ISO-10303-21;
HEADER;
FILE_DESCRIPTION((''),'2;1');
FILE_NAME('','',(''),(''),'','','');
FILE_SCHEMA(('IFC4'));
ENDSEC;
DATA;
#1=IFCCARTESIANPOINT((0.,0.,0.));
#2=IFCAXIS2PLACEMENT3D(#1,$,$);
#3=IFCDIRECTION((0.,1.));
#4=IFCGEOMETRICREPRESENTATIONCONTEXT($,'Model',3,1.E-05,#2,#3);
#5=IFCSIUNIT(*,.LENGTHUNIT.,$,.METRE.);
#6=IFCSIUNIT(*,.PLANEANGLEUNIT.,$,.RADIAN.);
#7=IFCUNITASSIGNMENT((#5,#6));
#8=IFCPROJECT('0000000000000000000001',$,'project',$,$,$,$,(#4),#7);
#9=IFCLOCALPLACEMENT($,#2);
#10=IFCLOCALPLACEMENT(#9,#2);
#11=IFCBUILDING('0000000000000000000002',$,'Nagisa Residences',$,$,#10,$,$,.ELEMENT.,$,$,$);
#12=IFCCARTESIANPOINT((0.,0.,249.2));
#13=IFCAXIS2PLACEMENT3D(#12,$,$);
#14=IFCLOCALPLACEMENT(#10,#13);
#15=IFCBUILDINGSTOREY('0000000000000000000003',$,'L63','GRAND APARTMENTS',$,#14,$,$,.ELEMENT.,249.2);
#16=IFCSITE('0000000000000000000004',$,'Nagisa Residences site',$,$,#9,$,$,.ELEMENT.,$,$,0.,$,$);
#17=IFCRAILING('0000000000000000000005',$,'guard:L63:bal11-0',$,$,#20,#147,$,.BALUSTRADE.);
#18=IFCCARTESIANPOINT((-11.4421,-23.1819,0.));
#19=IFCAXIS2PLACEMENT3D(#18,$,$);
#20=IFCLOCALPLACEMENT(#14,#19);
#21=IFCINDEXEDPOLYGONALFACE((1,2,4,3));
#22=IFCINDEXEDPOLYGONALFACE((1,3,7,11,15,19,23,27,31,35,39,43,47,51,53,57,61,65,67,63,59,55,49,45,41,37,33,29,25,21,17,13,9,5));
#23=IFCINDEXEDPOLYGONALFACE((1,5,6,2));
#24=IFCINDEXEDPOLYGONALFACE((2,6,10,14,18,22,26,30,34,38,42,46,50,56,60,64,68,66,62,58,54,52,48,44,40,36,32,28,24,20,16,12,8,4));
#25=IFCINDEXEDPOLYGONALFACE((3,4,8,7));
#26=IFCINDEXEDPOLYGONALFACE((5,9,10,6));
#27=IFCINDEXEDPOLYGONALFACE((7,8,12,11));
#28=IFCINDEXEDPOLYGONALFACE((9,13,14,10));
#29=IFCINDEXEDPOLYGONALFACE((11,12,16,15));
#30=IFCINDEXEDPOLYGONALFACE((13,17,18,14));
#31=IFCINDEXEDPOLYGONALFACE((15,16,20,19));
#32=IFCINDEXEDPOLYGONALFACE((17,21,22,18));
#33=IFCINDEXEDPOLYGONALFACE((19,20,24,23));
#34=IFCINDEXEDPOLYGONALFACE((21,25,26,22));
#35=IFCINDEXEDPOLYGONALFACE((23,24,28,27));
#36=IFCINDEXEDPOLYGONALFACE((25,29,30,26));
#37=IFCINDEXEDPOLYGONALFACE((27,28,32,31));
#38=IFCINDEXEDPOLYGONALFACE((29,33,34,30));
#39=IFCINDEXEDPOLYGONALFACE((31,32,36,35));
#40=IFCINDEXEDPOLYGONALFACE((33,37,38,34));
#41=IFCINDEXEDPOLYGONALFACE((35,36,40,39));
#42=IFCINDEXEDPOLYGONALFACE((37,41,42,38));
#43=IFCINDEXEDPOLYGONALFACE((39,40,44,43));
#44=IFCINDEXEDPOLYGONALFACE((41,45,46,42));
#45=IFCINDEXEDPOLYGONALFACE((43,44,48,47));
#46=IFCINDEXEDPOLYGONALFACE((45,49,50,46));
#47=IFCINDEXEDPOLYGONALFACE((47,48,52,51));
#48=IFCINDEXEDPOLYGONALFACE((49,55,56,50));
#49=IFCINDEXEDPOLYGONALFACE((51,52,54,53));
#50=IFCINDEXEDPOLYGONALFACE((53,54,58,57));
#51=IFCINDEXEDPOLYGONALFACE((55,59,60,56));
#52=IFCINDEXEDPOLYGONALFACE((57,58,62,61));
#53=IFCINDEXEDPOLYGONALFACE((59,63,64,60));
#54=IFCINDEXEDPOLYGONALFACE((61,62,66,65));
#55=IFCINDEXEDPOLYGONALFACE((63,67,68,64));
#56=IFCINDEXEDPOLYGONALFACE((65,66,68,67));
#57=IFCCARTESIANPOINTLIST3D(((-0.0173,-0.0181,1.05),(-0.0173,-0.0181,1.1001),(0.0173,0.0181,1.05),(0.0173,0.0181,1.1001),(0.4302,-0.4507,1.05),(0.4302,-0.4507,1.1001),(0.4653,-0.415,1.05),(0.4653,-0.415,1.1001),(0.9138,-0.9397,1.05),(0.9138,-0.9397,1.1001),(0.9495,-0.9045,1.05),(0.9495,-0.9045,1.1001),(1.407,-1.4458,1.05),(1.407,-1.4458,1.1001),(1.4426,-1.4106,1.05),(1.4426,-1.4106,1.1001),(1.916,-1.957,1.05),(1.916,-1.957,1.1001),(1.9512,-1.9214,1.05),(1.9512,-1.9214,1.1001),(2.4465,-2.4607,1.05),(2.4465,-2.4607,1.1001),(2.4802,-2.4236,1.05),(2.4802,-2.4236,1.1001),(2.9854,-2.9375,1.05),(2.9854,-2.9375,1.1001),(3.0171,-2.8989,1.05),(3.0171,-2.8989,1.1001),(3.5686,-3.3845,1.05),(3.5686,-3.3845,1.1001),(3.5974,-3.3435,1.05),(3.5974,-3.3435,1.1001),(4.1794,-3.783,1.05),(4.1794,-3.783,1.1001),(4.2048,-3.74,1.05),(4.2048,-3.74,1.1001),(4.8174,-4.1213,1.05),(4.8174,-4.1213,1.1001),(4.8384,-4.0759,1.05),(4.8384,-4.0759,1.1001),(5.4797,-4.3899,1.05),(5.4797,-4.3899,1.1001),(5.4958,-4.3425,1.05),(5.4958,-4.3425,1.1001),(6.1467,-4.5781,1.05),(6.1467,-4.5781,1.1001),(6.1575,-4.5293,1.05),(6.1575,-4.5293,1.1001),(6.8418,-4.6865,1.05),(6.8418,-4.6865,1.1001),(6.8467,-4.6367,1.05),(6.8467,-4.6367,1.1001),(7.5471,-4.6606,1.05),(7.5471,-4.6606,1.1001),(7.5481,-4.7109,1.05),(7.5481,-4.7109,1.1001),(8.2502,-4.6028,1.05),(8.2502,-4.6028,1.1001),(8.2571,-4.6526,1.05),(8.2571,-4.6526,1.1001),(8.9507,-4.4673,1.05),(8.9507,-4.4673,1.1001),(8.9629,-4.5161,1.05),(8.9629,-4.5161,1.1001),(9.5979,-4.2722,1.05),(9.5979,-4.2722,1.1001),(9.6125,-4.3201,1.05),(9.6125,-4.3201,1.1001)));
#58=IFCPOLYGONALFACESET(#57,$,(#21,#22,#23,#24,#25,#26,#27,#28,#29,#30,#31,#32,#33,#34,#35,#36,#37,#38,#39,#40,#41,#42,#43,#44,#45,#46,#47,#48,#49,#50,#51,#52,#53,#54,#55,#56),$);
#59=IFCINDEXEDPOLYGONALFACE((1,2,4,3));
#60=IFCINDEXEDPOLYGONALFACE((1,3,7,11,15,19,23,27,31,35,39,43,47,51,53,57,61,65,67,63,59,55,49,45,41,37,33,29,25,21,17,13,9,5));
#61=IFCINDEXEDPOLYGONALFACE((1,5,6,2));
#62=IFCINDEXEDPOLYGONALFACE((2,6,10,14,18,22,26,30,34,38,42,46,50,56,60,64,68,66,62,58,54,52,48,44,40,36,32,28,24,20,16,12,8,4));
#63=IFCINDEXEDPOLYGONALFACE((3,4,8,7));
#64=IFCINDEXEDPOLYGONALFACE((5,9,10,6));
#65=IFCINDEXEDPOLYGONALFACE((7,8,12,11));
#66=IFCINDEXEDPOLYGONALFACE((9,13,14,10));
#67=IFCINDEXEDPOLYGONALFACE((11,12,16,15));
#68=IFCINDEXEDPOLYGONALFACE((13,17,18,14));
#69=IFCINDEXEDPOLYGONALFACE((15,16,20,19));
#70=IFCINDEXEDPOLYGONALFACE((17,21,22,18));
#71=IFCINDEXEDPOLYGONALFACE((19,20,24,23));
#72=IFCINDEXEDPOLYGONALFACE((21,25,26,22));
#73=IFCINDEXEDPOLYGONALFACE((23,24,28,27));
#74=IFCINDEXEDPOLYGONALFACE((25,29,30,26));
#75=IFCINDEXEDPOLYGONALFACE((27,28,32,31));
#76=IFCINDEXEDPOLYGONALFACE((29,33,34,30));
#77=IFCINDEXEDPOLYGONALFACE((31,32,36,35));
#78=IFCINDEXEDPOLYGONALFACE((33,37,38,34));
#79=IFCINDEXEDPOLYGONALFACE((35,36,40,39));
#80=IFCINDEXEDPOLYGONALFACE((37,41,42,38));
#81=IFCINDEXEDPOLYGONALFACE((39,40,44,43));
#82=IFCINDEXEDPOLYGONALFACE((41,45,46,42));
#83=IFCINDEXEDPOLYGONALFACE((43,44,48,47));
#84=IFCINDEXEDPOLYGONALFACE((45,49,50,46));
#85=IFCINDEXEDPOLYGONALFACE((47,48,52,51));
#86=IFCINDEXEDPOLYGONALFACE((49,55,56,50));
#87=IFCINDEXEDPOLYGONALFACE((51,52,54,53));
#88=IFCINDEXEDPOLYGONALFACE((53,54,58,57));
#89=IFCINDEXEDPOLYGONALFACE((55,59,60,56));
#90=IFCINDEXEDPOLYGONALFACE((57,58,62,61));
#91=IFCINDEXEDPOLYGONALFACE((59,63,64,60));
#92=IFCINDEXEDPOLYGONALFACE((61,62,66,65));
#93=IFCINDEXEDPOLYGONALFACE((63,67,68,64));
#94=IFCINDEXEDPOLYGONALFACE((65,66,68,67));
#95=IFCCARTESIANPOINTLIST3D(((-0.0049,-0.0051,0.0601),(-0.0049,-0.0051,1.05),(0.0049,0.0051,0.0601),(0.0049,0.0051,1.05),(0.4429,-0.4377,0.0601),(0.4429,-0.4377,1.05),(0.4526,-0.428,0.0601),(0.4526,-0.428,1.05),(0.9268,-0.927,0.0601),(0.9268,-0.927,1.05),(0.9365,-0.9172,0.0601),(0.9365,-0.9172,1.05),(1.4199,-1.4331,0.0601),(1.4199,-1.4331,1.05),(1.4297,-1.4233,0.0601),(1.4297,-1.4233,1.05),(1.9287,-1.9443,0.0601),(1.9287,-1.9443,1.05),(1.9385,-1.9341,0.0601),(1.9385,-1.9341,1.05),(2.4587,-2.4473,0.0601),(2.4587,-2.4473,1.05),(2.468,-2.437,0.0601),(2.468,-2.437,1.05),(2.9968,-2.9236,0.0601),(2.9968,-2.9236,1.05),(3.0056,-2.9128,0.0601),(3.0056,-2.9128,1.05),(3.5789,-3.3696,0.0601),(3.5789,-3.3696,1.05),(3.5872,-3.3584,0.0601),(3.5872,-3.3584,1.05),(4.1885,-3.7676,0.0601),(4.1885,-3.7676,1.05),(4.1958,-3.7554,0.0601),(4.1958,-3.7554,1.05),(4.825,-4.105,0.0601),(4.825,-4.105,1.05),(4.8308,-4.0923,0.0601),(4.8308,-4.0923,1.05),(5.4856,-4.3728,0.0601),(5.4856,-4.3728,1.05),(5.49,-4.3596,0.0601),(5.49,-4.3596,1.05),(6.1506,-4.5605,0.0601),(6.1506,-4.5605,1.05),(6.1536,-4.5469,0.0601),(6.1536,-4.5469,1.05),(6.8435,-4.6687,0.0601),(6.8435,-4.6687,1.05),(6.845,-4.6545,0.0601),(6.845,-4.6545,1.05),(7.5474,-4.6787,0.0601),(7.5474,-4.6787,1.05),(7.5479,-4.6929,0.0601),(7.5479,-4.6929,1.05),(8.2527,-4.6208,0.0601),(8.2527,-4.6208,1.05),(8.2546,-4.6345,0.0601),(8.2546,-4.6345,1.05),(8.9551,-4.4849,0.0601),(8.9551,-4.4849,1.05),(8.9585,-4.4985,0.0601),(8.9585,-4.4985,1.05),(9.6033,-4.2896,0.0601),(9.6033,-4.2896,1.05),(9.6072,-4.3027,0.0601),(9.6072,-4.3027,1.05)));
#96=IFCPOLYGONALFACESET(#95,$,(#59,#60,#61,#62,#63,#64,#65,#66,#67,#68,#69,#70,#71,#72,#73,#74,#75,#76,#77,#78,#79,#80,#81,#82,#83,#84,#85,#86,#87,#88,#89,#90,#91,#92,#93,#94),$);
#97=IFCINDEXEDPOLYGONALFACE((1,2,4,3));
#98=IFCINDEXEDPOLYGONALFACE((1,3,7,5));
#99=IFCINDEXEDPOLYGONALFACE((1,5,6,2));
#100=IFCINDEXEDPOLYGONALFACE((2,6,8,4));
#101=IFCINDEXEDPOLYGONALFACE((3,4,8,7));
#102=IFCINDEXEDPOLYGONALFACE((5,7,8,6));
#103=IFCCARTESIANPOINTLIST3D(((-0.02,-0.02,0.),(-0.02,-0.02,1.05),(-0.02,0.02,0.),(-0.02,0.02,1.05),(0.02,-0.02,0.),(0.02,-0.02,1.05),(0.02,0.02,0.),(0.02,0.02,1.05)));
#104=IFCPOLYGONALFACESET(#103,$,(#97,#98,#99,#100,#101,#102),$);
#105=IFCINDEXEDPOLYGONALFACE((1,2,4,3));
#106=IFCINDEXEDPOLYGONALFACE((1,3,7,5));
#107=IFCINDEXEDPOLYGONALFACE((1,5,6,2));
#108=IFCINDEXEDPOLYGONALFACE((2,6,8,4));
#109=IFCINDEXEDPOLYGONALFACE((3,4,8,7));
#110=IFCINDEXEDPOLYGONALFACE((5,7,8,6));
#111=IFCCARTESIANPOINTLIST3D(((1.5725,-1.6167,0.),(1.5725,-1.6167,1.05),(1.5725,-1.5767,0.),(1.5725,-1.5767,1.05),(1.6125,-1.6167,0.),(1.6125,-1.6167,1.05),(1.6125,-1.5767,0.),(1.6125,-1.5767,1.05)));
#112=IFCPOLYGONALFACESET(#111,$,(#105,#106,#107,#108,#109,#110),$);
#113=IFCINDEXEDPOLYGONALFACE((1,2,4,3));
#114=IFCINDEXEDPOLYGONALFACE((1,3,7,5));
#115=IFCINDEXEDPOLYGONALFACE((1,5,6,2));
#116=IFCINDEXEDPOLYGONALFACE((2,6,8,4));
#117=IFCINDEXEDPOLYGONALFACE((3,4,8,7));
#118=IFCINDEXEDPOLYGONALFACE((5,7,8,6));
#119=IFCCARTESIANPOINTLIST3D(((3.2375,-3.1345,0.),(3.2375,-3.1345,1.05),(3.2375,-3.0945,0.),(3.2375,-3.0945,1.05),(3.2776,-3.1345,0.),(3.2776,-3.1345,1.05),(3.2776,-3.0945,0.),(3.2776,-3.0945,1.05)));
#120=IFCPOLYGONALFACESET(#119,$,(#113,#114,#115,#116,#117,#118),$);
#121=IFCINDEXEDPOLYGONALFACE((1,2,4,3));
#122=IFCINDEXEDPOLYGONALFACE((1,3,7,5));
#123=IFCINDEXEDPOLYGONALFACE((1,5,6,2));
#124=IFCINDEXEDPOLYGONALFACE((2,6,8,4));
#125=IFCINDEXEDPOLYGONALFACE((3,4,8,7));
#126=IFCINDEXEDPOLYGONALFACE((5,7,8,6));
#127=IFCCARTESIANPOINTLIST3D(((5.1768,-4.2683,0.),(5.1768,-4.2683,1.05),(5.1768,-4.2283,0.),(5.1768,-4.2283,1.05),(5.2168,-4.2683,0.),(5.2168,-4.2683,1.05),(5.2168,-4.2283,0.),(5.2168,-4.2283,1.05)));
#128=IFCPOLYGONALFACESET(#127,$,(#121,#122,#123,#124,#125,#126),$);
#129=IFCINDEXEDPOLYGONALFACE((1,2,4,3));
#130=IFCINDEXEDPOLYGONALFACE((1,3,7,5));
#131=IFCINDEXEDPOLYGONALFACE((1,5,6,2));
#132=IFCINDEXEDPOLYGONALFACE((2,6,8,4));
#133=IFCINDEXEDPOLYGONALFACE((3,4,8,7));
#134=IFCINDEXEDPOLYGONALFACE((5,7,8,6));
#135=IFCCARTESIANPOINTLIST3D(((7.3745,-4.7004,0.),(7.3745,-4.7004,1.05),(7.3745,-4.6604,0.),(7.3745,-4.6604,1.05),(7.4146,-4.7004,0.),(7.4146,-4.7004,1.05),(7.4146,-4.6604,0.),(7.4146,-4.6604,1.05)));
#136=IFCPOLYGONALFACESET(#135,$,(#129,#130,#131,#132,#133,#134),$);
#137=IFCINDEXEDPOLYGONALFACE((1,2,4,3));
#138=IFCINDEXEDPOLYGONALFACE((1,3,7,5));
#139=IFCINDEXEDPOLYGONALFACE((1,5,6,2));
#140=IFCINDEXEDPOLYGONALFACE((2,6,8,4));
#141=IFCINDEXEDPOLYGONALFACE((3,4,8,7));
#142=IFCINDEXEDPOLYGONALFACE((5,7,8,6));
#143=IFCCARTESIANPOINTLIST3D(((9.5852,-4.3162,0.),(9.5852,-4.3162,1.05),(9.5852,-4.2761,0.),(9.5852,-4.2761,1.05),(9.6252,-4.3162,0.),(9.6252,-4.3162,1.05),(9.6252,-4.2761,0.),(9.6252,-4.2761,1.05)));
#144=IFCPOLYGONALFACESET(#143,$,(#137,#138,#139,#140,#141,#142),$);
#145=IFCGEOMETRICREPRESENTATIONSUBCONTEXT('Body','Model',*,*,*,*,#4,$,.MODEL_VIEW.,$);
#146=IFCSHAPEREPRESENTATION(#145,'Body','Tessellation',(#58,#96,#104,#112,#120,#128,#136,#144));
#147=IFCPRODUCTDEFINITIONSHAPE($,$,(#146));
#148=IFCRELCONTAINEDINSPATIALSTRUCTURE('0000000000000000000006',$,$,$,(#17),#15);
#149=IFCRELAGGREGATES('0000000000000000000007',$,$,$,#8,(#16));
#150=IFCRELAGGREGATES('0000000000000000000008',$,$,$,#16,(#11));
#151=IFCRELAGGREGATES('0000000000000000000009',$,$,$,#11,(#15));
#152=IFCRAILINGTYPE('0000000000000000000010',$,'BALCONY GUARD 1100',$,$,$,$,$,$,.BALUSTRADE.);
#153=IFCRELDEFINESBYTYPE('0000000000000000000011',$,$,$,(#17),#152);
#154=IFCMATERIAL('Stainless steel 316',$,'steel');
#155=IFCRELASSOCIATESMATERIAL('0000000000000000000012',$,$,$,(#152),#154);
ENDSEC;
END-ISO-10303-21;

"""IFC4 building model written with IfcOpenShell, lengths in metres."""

from ifc_helpers import new_model, si_unit, direction, frame, origin, origin_2d, place, context, subcontext, project, spatial, polyline, rectangle, outline, extrude, material, type_object, element, save


model = new_model("IFC4")

# Units and contexts
model_context = context("Model", 3, precision=1e-05, world=origin(), true_north=direction((0.0, 1.0)))
body_context = subcontext(model_context, "Body", "Model", "MODEL_VIEW")
ifc_project = project(units=[si_unit("LENGTHUNIT", "METRE"), si_unit("PLANEANGLEUNIT", "RADIAN")], contexts=[model_context])

# Site, building, storey
site_placement = place(None, origin())
site = spatial("IfcSite", under=ifc_project, at=site_placement, Name="Nagisa Residences site", CompositionType="ELEMENT", RefElevation=0.0)
building_placement = place(site_placement, origin())
building = spatial("IfcBuilding", under=site, at=building_placement, Name="Nagisa Residences", CompositionType="ELEMENT")
storey_placement = place(building_placement, frame((0.0, 0.0, 249.2)))
storey = spatial("IfcBuildingStorey", under=building, at=storey_placement, Name="L63", Description="GRAND APARTMENTS", CompositionType="ELEMENT", Elevation=249.2)

# Railing
ifc_material_1 = material(Name="Stainless steel 316", Category="steel")
railing_type = type_object("IfcRailingType", Name="BALCONY GUARD 1100", PredefinedType="BALUSTRADE", material=ifc_material_1)
railing_1_placement = place(storey_placement, frame((-11.4421, -23.1819, 0.0)))
element("IfcRailing", 1, at=railing_1_placement, inside=storey, type_object=railing_type, Name="guard:L63:bal11-0", PredefinedType="BALUSTRADE", context=body_context, shape_type="SweptSolid", body=[
    extrude(outline(polyline([(0.4653, -0.415), (0.0173, 0.0181), (-0.0173, -0.0181), (0.4302, -0.4507), (0.9138, -0.9397), (1.407, -1.4458), (1.916, -1.957), (2.4465, -2.4607), (2.9854, -2.9375), (3.5686, -3.3845), (4.1794, -3.783), (4.8174, -4.1213), (5.4797, -4.3899), (6.1467, -4.5781), (6.8418, -4.6865), (7.5481, -4.7109), (8.2571, -4.6526), (8.9629, -4.5161), (9.6125, -4.3201), (9.5979, -4.2722), (8.9507, -4.4673), (8.2502, -4.6028), (7.5471, -4.6606), (6.8467, -4.6367), (6.1575, -4.5293), (5.4958, -4.3425), (4.8384, -4.0759), (4.2048, -3.74), (3.5974, -3.3435), (3.0171, -2.8989), (2.4802, -2.4236), (1.9512, -1.9214), (1.4426, -1.4106), (0.9495, -0.9045), (0.4653, -0.415)])), frame((0.0, 0.0, 1.05)), (0.0, 0.0, 1.0), 0.05),
    extrude(outline(polyline([(0.4526, -0.428), (0.0049, 0.0051), (-0.0049, -0.0051), (0.4429, -0.4377), (0.9268, -0.927), (1.4199, -1.4331), (1.9287, -1.9443), (2.4587, -2.4473), (2.9968, -2.9236), (3.5789, -3.3696), (4.1885, -3.7676), (4.825, -4.105), (5.4856, -4.3728), (6.1506, -4.5605), (6.8435, -4.6687), (7.5479, -4.6929), (8.2546, -4.6345), (8.9585, -4.4985), (9.6072, -4.3027), (9.6033, -4.2896), (8.9551, -4.4849), (8.2527, -4.6208), (7.5474, -4.6787), (6.845, -4.6545), (6.1536, -4.5469), (5.49, -4.3596), (4.8308, -4.0923), (4.1958, -3.7554), (3.5872, -3.3584), (3.0056, -2.9128), (2.468, -2.437), (1.9385, -1.9341), (1.4297, -1.4233), (0.9365, -0.9172), (0.4526, -0.428)])), frame((0.0, 0.0, 0.0601)), (0.0, 0.0, 1.0), 0.99),
    extrude(rectangle(XDim=0.04, YDim=0.04, at=origin_2d()), origin(), (0.0, 0.0, 1.0), 1.05),
    extrude(rectangle(XDim=0.04, YDim=0.04, at=origin_2d()), frame((1.5925, -1.5967, 0.0)), (0.0, 0.0, 1.0), 1.05),
    extrude(rectangle(XDim=0.04, YDim=0.04, at=origin_2d()), frame((3.2576, -3.1145, 0.0)), (0.0, 0.0, 1.0), 1.05),
    extrude(rectangle(XDim=0.04, YDim=0.04, at=origin_2d()), frame((5.1968, -4.2483, 0.0)), (0.0, 0.0, 1.0), 1.05),
    extrude(rectangle(XDim=0.04, YDim=0.04, at=origin_2d()), frame((7.3945, -4.6804, 0.0)), (0.0, 0.0, 1.0), 1.05),
    extrude(rectangle(XDim=0.04, YDim=0.04, at=origin_2d()), frame((9.6052, -4.2961, 0.0)), (0.0, 0.0, 1.0), 1.05),
])

save(model, "model.ifc")
